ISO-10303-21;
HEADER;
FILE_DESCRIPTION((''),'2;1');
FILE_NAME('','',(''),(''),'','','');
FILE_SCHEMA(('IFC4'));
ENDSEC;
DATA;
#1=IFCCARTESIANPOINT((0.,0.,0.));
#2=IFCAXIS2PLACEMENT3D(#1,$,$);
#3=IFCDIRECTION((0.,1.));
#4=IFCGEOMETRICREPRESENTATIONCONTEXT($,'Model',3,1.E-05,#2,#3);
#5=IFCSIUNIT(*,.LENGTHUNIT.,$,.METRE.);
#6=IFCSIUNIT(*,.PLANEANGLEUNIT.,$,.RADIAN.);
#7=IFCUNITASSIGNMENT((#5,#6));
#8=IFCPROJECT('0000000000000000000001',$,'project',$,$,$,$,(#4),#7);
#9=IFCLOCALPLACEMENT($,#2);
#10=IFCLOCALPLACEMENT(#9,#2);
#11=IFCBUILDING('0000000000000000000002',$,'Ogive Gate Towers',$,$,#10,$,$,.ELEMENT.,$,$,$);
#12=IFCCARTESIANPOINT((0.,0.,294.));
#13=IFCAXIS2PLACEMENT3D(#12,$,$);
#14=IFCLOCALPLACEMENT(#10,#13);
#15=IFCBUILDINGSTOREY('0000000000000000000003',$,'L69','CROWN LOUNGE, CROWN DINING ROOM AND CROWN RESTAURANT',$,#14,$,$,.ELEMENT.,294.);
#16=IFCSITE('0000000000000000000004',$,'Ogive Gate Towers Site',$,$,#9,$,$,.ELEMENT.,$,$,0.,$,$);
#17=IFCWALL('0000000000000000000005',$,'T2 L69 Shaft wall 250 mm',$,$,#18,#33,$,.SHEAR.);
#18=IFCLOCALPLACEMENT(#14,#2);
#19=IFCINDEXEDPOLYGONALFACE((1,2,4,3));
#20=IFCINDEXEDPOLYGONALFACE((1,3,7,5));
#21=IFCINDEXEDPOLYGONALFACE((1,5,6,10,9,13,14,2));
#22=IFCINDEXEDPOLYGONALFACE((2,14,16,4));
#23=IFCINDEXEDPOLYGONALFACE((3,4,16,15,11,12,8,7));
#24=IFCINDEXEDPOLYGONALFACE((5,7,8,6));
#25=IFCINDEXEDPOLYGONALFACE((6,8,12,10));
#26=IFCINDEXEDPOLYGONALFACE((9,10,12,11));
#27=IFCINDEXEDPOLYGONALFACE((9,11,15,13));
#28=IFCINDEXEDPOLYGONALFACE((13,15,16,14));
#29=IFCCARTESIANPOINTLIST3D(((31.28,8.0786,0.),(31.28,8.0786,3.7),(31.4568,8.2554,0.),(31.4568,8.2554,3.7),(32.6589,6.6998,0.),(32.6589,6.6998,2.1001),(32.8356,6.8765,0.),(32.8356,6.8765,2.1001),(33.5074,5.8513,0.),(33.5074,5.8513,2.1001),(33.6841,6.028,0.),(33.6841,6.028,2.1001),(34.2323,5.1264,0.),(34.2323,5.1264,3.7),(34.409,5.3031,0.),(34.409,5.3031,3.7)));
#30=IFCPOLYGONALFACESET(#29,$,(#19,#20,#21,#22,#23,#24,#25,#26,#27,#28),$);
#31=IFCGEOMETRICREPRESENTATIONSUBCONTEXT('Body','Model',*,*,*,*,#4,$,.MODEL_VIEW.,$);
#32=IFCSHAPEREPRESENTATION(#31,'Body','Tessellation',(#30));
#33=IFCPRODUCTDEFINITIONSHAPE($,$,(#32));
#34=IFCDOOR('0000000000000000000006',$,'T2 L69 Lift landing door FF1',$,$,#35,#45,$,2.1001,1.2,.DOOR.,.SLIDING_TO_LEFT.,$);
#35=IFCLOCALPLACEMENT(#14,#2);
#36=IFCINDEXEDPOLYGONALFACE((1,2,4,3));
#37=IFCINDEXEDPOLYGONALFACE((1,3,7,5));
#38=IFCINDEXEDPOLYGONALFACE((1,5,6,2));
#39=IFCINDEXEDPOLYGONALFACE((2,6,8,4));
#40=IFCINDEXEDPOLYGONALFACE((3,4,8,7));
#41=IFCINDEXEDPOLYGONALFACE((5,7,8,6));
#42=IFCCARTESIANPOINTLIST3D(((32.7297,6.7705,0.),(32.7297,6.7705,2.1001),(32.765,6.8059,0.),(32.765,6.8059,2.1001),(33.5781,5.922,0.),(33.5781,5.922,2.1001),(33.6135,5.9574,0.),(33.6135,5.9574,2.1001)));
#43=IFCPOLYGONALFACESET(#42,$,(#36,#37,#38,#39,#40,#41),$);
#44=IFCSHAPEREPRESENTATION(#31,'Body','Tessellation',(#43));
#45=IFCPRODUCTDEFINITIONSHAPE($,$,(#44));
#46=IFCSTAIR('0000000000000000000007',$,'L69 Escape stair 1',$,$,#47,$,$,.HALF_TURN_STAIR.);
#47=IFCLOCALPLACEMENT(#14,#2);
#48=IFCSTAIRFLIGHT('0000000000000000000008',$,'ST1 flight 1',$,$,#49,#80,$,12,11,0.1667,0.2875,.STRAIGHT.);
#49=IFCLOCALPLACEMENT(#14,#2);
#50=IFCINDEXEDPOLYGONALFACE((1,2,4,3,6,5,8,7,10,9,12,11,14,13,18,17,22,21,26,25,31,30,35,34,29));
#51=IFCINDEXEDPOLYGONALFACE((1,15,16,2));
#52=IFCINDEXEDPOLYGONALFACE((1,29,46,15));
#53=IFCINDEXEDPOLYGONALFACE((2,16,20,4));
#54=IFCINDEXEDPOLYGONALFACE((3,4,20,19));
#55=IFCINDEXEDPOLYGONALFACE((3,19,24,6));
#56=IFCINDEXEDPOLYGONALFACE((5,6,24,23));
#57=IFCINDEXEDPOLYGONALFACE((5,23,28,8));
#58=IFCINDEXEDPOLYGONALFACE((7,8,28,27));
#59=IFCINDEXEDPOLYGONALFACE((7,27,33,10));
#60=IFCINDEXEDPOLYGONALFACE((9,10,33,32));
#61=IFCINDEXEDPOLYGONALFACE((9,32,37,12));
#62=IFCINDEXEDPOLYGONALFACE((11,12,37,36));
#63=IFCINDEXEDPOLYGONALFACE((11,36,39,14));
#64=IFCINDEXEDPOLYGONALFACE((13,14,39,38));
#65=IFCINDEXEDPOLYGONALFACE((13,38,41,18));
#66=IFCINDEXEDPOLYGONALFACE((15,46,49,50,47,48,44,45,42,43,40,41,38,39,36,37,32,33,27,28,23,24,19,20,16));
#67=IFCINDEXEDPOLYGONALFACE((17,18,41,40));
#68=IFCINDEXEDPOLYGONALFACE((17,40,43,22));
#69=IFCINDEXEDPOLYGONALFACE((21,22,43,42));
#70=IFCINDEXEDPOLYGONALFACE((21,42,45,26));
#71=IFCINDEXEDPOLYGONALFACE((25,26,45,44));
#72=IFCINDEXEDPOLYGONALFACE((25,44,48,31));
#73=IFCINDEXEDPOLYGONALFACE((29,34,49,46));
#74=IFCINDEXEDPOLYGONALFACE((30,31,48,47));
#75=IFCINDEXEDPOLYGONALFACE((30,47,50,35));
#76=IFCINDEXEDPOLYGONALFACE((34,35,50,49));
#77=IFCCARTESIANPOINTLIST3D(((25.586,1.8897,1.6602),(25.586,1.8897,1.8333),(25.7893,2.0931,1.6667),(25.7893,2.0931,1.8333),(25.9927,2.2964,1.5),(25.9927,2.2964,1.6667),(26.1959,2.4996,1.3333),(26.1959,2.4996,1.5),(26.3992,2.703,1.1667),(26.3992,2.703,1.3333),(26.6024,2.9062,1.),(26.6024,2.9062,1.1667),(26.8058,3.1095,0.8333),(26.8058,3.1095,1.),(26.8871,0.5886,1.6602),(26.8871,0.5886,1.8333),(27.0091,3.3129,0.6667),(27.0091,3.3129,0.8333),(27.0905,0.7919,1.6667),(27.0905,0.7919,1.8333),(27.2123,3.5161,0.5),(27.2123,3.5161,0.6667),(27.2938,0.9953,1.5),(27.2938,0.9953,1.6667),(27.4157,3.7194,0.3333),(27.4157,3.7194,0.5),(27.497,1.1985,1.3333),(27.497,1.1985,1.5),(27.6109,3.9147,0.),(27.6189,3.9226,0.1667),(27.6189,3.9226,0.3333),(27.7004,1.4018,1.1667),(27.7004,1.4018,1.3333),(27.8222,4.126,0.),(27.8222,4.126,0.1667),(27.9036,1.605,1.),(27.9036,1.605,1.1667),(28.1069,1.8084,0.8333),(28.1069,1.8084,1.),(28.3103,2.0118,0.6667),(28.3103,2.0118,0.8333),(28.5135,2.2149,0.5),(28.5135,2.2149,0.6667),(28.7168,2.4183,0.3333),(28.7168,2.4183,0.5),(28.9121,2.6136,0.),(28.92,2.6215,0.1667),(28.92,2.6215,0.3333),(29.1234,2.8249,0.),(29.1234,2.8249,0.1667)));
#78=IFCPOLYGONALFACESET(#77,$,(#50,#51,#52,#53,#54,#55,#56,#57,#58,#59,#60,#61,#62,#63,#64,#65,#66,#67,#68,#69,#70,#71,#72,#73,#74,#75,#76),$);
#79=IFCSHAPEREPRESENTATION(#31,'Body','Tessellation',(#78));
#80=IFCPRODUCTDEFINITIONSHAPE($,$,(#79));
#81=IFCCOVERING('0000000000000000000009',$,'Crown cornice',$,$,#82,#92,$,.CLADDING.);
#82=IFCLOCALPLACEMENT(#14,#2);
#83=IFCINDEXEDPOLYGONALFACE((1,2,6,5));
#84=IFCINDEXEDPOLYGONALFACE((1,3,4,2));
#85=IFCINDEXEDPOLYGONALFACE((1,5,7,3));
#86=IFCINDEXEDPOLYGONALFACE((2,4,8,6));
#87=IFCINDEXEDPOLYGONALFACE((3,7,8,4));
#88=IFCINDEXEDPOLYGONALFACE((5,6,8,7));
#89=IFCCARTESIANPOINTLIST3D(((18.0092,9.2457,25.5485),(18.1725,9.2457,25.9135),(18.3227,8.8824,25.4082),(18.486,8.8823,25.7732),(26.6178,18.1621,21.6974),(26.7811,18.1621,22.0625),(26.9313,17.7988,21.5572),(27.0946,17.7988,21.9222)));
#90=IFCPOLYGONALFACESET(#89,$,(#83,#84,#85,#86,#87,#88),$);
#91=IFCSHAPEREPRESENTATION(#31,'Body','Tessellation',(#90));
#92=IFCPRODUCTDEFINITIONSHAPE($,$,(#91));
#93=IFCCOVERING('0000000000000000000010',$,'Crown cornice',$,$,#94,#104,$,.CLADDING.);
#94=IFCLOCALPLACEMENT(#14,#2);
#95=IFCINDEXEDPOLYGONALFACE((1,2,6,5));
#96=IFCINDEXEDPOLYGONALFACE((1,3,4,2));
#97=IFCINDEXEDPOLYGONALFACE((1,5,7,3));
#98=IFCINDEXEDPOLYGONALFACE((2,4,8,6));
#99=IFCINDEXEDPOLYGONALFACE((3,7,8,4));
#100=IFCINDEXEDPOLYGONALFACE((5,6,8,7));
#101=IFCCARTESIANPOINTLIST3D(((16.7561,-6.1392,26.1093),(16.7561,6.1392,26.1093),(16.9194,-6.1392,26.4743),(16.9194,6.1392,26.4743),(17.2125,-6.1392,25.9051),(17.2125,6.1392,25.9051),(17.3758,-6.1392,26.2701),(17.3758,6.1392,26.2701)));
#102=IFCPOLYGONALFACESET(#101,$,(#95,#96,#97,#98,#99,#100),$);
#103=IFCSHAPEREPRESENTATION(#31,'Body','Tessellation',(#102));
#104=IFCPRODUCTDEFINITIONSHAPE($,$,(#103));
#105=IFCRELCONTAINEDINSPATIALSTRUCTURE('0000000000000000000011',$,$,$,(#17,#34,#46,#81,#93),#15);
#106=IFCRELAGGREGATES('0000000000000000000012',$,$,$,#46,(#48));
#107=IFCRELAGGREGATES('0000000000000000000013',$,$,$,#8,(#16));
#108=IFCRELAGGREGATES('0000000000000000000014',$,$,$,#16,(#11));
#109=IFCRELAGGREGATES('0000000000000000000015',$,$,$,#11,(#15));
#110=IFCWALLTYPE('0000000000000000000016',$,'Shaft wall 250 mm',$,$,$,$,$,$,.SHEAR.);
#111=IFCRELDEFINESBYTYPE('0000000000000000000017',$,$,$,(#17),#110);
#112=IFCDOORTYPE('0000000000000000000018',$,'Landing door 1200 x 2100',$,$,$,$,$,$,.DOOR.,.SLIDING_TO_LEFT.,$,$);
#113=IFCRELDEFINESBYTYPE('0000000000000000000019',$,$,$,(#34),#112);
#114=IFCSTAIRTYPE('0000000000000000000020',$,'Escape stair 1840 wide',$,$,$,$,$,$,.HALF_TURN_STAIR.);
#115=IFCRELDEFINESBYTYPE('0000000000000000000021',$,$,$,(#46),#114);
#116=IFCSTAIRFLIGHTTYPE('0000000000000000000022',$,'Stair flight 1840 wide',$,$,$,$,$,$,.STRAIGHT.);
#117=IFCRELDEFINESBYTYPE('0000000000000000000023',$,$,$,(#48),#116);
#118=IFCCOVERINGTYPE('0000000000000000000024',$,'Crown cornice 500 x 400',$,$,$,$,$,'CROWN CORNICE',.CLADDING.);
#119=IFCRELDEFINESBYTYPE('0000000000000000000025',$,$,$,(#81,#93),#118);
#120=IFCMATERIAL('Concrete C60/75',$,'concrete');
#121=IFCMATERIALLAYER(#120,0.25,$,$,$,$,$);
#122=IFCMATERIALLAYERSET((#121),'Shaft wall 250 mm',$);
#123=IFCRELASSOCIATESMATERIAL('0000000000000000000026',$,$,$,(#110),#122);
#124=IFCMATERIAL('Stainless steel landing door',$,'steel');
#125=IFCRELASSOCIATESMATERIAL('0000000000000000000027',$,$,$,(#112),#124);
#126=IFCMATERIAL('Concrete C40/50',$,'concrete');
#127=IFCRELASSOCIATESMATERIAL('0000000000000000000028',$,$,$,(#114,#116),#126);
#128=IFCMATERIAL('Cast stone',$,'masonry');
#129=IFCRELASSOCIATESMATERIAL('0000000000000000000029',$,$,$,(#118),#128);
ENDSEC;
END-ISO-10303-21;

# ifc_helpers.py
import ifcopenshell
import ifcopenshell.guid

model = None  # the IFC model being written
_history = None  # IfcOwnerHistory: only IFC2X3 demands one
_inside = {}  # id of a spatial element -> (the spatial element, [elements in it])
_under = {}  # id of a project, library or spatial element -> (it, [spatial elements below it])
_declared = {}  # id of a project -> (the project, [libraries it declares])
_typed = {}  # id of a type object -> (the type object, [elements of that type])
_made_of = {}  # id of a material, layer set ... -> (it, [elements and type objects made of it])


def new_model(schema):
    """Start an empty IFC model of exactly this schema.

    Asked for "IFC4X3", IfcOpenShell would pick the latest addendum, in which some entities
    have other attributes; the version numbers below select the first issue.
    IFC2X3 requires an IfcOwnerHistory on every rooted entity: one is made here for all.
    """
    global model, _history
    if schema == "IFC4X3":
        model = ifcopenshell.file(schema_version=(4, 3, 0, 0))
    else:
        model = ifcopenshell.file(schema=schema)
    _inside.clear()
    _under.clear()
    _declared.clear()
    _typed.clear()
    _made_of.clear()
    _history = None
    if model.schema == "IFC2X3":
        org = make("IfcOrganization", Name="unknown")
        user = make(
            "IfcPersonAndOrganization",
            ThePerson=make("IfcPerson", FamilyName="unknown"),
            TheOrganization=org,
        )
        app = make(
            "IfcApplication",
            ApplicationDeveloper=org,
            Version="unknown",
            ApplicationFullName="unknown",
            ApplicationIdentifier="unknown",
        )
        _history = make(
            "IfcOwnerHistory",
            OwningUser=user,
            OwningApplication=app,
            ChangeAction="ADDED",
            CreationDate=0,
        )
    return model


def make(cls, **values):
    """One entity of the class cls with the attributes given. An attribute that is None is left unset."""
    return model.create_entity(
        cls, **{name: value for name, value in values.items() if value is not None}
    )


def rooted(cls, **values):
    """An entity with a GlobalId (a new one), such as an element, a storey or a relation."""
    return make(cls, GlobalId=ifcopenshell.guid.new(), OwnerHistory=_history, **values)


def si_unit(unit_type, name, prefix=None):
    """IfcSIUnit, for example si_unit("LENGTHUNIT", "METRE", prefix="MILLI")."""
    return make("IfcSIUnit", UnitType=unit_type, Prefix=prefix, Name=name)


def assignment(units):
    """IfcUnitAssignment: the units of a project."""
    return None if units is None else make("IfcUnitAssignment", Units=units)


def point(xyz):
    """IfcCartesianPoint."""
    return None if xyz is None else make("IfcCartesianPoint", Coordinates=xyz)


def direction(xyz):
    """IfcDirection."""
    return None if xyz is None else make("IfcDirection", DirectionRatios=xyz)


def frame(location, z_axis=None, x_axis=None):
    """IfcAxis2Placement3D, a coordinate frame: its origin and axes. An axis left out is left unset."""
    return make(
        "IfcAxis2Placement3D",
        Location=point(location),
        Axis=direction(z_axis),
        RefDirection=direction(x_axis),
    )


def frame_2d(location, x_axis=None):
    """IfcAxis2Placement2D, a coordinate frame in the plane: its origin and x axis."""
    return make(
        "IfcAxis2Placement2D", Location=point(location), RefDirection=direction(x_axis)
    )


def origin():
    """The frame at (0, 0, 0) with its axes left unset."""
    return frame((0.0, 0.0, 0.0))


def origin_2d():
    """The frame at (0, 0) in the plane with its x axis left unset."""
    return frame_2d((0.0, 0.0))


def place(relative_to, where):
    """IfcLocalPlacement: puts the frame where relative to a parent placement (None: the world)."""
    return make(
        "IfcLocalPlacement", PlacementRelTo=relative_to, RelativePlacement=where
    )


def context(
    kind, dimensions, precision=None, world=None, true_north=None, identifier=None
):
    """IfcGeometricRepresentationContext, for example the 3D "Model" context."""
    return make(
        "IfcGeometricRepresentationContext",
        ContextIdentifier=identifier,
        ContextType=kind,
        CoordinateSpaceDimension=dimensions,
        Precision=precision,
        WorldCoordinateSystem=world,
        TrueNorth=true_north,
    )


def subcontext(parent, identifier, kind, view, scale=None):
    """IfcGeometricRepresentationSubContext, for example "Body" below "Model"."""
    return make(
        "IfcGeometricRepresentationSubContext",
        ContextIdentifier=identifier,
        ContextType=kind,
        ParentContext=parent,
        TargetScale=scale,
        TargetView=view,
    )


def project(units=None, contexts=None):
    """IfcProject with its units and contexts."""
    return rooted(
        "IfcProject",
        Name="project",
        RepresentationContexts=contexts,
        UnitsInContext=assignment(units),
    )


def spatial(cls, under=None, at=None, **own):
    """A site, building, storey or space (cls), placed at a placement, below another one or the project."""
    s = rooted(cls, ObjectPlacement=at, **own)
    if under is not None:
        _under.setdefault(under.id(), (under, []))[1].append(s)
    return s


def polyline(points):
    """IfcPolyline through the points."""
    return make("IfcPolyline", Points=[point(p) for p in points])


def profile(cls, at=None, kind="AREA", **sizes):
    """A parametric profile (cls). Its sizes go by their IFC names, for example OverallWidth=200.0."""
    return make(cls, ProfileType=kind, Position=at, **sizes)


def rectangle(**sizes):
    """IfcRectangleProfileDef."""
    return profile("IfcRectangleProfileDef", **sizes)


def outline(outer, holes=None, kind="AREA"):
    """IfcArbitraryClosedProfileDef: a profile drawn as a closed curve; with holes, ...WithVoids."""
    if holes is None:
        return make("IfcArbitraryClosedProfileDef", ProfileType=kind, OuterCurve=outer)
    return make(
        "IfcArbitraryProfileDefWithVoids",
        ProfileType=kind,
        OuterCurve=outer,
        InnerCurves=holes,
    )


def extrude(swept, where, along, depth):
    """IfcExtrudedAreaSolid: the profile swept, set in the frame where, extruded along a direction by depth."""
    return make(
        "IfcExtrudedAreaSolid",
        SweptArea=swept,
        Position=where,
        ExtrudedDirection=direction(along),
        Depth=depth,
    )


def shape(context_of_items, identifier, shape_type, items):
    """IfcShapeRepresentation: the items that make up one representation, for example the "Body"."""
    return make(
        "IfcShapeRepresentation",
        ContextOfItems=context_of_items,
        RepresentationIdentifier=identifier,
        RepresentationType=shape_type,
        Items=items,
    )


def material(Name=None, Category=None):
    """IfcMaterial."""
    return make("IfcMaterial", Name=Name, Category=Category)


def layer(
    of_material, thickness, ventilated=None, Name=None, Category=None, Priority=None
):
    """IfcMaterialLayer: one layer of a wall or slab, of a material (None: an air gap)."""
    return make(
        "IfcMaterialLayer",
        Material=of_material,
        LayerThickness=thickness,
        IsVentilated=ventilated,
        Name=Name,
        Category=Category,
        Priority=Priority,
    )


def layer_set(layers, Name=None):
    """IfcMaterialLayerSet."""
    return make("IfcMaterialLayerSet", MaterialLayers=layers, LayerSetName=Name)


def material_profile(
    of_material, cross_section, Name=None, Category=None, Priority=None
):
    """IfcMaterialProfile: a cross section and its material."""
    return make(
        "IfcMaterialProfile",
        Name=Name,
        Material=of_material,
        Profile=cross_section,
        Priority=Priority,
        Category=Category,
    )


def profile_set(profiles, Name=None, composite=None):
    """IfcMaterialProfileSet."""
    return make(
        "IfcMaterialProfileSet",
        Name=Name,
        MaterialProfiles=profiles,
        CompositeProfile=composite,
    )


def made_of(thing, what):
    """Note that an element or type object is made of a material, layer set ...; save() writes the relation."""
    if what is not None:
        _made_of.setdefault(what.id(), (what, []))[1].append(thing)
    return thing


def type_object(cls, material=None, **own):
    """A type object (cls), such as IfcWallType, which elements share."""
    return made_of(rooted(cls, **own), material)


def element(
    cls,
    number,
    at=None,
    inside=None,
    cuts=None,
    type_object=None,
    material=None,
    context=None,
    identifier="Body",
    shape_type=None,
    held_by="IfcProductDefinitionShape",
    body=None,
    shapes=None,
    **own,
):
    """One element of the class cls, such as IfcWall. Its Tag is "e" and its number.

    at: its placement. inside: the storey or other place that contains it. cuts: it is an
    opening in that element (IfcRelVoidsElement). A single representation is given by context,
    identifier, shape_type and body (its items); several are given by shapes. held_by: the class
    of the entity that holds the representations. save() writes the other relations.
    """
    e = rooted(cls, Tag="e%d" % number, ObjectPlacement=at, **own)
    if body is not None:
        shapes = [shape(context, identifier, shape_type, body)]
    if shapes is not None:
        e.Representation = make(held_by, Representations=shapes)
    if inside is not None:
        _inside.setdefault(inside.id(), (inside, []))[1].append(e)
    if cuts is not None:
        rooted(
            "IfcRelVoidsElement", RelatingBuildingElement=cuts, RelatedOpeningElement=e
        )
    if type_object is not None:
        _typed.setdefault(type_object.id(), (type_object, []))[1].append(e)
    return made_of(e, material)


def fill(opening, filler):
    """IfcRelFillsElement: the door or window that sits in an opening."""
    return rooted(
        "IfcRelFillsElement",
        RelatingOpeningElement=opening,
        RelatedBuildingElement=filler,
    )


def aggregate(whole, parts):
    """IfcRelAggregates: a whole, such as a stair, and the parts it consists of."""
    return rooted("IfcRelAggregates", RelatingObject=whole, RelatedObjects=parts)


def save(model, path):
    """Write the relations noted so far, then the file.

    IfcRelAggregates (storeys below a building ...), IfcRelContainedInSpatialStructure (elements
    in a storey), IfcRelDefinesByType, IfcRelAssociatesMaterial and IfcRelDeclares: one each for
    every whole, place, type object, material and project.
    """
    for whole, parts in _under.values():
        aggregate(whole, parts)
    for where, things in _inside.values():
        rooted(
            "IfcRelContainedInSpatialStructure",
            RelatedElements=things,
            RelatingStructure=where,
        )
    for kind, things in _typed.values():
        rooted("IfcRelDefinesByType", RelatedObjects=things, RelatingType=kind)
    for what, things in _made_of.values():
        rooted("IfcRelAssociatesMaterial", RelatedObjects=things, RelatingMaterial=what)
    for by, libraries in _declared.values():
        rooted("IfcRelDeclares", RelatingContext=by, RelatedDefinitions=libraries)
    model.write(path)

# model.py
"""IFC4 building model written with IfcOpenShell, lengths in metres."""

from ifc_helpers import new_model, si_unit, direction, frame, frame_2d, origin, origin_2d, place, context, subcontext, project, spatial, polyline, rectangle, outline, extrude, material, layer, layer_set, material_profile, profile_set, type_object, element, fill, aggregate, save


model = new_model("IFC4")

# Units and contexts
model_context = context("Model", 3, precision=1e-05, world=origin(), true_north=direction((0.0, 1.0)))
body_context = subcontext(model_context, "Body", "Model", "MODEL_VIEW")
ifc_project = project(units=[si_unit("LENGTHUNIT", "METRE"), si_unit("PLANEANGLEUNIT", "RADIAN")], contexts=[model_context])

# Site, building, storey
site_placement = place(None, origin())
site = spatial("IfcSite", under=ifc_project, at=site_placement, Name="Ogive Gate Towers Site", CompositionType="ELEMENT", RefElevation=0.0)
building_placement = place(site_placement, origin())
building = spatial("IfcBuilding", under=site, at=building_placement, Name="Ogive Gate Towers", CompositionType="ELEMENT")
storey_placement = place(building_placement, frame((0.0, 0.0, 294.0)))
storey = spatial("IfcBuildingStorey", under=building, at=storey_placement, Name="L69", Description="CROWN LOUNGE, CROWN DINING ROOM AND CROWN RESTAURANT", CompositionType="ELEMENT", Elevation=294.0)

# Shared definitions
ifc_material_1 = material(Name="Concrete C40/50", Category="concrete")

# Shared definitions
ifc_material_2 = material(Name="Concrete C60/75", Category="concrete")
ifc_layer_1 = layer(ifc_material_2, 0.25)
ifc_layer_set_1 = layer_set([ifc_layer_1], Name="Shaft wall 250 mm")
wall_type_1 = type_object("IfcWallType", Name="Shaft wall 250 mm", PredefinedType="SHEAR", material=ifc_layer_set_1)

# Wall, opening, door
wall_1_placement = place(storey_placement, frame((34.3206, 5.2148, 0.0), z_axis=(0.0, 0.0, 1.0), x_axis=(-0.707107, 0.707107, 0.0)))
wall_1 = element("IfcWall", 1, at=wall_1_placement, inside=storey, type_object=wall_type_1, Name="T2 L69 Shaft wall 250 mm", PredefinedType="SHEAR", context=body_context, shape_type="SweptSolid", body=[
    extrude(rectangle(XDim=4.175, YDim=0.25, at=frame_2d((2.0874, 0.0))), origin(), (0.0, 0.0, 1.0), 3.7),
])
opening_1_placement = place(wall_1_placement, frame((1.0249, 0.0, 0.0)))
opening_1 = element("IfcOpeningElement", 2, at=opening_1_placement, cuts=wall_1, PredefinedType="OPENING", context=body_context, shape_type="SweptSolid", body=[
    extrude(rectangle(XDim=1.2, YDim=2.1001, at=frame_2d((0.6001, 1.05))), frame((0.0, 0.135, 0.0), z_axis=(0.0, -1.0, 0.0), x_axis=(1.0, 0.0, 0.0)), (0.0, 0.0, 1.0), 0.27),
])
ifc_material_3 = material(Name="Stainless steel landing door", Category="steel")
door_type_1 = type_object("IfcDoorType", Name="Landing door 1200 x 2100", OperationType="SLIDING_TO_LEFT", PredefinedType="DOOR", material=ifc_material_3)
door_1_placement = place(opening_1_placement, origin())
door_1 = element("IfcDoor", 3, at=door_1_placement, inside=storey, type_object=door_type_1, Name="T2 L69 Lift landing door FF1", OperationType="SLIDING_TO_LEFT", OverallHeight=2.1001, OverallWidth=1.2, PredefinedType="DOOR", context=body_context, shape_type="SweptSolid", body=[
    extrude(rectangle(XDim=1.2, YDim=2.1001, at=frame_2d((0.6001, 1.05))), frame((0.0, 0.0249, 0.0), z_axis=(0.0, -1.0, 0.0), x_axis=(1.0, 0.0, 0.0)), (0.0, 0.0, 1.0), 0.05),
])
fill(opening_1, door_1)

# Stair, stair flight
stair_type = type_object("IfcStairType", Name="Escape stair 1840 wide", PredefinedType="HALF_TURN_STAIR", material=ifc_material_1)
stair_placement = place(storey_placement, origin())
stair = element("IfcStair", 4, at=stair_placement, inside=storey, type_object=stair_type, Name="L69 Escape stair 1", PredefinedType="HALF_TURN_STAIR")
stair_flight_type = type_object("IfcStairFlightType", Name="Stair flight 1840 wide", PredefinedType="STRAIGHT", material=ifc_material_1)
stair_flight_placement = place(storey_placement, frame((28.4729, 3.4753, 0.0), z_axis=(0.0, 0.0, 1.0), x_axis=(-0.707107, -0.707107, 0.0)))
stair_flight = element("IfcStairFlight", 5, at=stair_flight_placement, type_object=stair_flight_type, Name="ST1 flight 1", NumberOfRisers=12, NumberOfTreads=11, PredefinedType="STRAIGHT", RiserHeight=0.1667, TreadLength=0.2875, context=body_context, shape_type="SweptSolid", body=[
    extrude(outline(polyline([(0.0, 0.0), (0.0, 0.1667), (0.2876, 0.1667), (0.2876, 0.3333), (0.575, 0.3333), (0.575, 0.5), (0.8625, 0.5), (0.8625, 0.6667), (1.1499, 0.6667), (1.1499, 0.8333), (1.4375, 0.8333), (1.4375, 1.0), (1.7251, 1.0), (1.7251, 1.1667), (2.0125, 1.1667), (2.0125, 1.3333), (2.3, 1.3333), (2.3, 1.5), (2.5874, 1.5), (2.5874, 1.6667), (2.875, 1.6667), (2.875, 1.8333), (3.1626, 1.8333), (3.1626, 2.0), (3.1626, 1.6602), (0.2988, 0.0), (0.0, 0.0)])), frame((0.0, 0.9199, 0.0), z_axis=(0.0, -1.0, 0.0), x_axis=(1.0, 0.0, 0.0)), (0.0, 0.0, 1.0), 1.8401),
])
aggregate(stair, [stair_flight])

# Coverings
ifc_material_4 = material(Name="Cast stone", Category="masonry")
ifc_material_profile_1 = material_profile(ifc_material_4, rectangle(XDim=0.5, YDim=0.3999, at=origin_2d()), Name="500 x 400 cast stone")
ifc_profile_set_1 = profile_set([ifc_material_profile_1], Name="Cast stone")
covering_type = type_object("IfcCoveringType", Name="Crown cornice 500 x 400", ElementType="CROWN CORNICE", PredefinedType="CLADDING", material=ifc_profile_set_1)
covering_1_placement = place(storey_placement, frame((26.8562, 17.9805, 21.8098), z_axis=(-0.663296, -0.687017, 0.296725), x_axis=(-0.62712, 0.726641, 0.280559)))
element("IfcCovering", 6, at=covering_1_placement, inside=storey, type_object=covering_type, Name="Crown cornice", PredefinedType="CLADDING", context=body_context, shape_type="SweptSolid", body=[
    extrude(rectangle(XDim=0.5, YDim=0.3999, at=origin_2d()), origin(), (0.0, 0.0, 1.0), 12.9785),
])
covering_2_placement = place(storey_placement, frame((17.0659, 6.1392, 26.1897), z_axis=(0.0, -1.0, 0.0), x_axis=(-0.91282, 0.0, 0.408362)))
element("IfcCovering", 7, at=covering_2_placement, inside=storey, type_object=covering_type, Name="Crown cornice", PredefinedType="CLADDING", context=body_context, shape_type="SweptSolid", body=[
    extrude(rectangle(XDim=0.5, YDim=0.3999, at=origin_2d()), origin(), (0.0, 0.0, 1.0), 12.2783),
])

save(model, "model.ifc")
